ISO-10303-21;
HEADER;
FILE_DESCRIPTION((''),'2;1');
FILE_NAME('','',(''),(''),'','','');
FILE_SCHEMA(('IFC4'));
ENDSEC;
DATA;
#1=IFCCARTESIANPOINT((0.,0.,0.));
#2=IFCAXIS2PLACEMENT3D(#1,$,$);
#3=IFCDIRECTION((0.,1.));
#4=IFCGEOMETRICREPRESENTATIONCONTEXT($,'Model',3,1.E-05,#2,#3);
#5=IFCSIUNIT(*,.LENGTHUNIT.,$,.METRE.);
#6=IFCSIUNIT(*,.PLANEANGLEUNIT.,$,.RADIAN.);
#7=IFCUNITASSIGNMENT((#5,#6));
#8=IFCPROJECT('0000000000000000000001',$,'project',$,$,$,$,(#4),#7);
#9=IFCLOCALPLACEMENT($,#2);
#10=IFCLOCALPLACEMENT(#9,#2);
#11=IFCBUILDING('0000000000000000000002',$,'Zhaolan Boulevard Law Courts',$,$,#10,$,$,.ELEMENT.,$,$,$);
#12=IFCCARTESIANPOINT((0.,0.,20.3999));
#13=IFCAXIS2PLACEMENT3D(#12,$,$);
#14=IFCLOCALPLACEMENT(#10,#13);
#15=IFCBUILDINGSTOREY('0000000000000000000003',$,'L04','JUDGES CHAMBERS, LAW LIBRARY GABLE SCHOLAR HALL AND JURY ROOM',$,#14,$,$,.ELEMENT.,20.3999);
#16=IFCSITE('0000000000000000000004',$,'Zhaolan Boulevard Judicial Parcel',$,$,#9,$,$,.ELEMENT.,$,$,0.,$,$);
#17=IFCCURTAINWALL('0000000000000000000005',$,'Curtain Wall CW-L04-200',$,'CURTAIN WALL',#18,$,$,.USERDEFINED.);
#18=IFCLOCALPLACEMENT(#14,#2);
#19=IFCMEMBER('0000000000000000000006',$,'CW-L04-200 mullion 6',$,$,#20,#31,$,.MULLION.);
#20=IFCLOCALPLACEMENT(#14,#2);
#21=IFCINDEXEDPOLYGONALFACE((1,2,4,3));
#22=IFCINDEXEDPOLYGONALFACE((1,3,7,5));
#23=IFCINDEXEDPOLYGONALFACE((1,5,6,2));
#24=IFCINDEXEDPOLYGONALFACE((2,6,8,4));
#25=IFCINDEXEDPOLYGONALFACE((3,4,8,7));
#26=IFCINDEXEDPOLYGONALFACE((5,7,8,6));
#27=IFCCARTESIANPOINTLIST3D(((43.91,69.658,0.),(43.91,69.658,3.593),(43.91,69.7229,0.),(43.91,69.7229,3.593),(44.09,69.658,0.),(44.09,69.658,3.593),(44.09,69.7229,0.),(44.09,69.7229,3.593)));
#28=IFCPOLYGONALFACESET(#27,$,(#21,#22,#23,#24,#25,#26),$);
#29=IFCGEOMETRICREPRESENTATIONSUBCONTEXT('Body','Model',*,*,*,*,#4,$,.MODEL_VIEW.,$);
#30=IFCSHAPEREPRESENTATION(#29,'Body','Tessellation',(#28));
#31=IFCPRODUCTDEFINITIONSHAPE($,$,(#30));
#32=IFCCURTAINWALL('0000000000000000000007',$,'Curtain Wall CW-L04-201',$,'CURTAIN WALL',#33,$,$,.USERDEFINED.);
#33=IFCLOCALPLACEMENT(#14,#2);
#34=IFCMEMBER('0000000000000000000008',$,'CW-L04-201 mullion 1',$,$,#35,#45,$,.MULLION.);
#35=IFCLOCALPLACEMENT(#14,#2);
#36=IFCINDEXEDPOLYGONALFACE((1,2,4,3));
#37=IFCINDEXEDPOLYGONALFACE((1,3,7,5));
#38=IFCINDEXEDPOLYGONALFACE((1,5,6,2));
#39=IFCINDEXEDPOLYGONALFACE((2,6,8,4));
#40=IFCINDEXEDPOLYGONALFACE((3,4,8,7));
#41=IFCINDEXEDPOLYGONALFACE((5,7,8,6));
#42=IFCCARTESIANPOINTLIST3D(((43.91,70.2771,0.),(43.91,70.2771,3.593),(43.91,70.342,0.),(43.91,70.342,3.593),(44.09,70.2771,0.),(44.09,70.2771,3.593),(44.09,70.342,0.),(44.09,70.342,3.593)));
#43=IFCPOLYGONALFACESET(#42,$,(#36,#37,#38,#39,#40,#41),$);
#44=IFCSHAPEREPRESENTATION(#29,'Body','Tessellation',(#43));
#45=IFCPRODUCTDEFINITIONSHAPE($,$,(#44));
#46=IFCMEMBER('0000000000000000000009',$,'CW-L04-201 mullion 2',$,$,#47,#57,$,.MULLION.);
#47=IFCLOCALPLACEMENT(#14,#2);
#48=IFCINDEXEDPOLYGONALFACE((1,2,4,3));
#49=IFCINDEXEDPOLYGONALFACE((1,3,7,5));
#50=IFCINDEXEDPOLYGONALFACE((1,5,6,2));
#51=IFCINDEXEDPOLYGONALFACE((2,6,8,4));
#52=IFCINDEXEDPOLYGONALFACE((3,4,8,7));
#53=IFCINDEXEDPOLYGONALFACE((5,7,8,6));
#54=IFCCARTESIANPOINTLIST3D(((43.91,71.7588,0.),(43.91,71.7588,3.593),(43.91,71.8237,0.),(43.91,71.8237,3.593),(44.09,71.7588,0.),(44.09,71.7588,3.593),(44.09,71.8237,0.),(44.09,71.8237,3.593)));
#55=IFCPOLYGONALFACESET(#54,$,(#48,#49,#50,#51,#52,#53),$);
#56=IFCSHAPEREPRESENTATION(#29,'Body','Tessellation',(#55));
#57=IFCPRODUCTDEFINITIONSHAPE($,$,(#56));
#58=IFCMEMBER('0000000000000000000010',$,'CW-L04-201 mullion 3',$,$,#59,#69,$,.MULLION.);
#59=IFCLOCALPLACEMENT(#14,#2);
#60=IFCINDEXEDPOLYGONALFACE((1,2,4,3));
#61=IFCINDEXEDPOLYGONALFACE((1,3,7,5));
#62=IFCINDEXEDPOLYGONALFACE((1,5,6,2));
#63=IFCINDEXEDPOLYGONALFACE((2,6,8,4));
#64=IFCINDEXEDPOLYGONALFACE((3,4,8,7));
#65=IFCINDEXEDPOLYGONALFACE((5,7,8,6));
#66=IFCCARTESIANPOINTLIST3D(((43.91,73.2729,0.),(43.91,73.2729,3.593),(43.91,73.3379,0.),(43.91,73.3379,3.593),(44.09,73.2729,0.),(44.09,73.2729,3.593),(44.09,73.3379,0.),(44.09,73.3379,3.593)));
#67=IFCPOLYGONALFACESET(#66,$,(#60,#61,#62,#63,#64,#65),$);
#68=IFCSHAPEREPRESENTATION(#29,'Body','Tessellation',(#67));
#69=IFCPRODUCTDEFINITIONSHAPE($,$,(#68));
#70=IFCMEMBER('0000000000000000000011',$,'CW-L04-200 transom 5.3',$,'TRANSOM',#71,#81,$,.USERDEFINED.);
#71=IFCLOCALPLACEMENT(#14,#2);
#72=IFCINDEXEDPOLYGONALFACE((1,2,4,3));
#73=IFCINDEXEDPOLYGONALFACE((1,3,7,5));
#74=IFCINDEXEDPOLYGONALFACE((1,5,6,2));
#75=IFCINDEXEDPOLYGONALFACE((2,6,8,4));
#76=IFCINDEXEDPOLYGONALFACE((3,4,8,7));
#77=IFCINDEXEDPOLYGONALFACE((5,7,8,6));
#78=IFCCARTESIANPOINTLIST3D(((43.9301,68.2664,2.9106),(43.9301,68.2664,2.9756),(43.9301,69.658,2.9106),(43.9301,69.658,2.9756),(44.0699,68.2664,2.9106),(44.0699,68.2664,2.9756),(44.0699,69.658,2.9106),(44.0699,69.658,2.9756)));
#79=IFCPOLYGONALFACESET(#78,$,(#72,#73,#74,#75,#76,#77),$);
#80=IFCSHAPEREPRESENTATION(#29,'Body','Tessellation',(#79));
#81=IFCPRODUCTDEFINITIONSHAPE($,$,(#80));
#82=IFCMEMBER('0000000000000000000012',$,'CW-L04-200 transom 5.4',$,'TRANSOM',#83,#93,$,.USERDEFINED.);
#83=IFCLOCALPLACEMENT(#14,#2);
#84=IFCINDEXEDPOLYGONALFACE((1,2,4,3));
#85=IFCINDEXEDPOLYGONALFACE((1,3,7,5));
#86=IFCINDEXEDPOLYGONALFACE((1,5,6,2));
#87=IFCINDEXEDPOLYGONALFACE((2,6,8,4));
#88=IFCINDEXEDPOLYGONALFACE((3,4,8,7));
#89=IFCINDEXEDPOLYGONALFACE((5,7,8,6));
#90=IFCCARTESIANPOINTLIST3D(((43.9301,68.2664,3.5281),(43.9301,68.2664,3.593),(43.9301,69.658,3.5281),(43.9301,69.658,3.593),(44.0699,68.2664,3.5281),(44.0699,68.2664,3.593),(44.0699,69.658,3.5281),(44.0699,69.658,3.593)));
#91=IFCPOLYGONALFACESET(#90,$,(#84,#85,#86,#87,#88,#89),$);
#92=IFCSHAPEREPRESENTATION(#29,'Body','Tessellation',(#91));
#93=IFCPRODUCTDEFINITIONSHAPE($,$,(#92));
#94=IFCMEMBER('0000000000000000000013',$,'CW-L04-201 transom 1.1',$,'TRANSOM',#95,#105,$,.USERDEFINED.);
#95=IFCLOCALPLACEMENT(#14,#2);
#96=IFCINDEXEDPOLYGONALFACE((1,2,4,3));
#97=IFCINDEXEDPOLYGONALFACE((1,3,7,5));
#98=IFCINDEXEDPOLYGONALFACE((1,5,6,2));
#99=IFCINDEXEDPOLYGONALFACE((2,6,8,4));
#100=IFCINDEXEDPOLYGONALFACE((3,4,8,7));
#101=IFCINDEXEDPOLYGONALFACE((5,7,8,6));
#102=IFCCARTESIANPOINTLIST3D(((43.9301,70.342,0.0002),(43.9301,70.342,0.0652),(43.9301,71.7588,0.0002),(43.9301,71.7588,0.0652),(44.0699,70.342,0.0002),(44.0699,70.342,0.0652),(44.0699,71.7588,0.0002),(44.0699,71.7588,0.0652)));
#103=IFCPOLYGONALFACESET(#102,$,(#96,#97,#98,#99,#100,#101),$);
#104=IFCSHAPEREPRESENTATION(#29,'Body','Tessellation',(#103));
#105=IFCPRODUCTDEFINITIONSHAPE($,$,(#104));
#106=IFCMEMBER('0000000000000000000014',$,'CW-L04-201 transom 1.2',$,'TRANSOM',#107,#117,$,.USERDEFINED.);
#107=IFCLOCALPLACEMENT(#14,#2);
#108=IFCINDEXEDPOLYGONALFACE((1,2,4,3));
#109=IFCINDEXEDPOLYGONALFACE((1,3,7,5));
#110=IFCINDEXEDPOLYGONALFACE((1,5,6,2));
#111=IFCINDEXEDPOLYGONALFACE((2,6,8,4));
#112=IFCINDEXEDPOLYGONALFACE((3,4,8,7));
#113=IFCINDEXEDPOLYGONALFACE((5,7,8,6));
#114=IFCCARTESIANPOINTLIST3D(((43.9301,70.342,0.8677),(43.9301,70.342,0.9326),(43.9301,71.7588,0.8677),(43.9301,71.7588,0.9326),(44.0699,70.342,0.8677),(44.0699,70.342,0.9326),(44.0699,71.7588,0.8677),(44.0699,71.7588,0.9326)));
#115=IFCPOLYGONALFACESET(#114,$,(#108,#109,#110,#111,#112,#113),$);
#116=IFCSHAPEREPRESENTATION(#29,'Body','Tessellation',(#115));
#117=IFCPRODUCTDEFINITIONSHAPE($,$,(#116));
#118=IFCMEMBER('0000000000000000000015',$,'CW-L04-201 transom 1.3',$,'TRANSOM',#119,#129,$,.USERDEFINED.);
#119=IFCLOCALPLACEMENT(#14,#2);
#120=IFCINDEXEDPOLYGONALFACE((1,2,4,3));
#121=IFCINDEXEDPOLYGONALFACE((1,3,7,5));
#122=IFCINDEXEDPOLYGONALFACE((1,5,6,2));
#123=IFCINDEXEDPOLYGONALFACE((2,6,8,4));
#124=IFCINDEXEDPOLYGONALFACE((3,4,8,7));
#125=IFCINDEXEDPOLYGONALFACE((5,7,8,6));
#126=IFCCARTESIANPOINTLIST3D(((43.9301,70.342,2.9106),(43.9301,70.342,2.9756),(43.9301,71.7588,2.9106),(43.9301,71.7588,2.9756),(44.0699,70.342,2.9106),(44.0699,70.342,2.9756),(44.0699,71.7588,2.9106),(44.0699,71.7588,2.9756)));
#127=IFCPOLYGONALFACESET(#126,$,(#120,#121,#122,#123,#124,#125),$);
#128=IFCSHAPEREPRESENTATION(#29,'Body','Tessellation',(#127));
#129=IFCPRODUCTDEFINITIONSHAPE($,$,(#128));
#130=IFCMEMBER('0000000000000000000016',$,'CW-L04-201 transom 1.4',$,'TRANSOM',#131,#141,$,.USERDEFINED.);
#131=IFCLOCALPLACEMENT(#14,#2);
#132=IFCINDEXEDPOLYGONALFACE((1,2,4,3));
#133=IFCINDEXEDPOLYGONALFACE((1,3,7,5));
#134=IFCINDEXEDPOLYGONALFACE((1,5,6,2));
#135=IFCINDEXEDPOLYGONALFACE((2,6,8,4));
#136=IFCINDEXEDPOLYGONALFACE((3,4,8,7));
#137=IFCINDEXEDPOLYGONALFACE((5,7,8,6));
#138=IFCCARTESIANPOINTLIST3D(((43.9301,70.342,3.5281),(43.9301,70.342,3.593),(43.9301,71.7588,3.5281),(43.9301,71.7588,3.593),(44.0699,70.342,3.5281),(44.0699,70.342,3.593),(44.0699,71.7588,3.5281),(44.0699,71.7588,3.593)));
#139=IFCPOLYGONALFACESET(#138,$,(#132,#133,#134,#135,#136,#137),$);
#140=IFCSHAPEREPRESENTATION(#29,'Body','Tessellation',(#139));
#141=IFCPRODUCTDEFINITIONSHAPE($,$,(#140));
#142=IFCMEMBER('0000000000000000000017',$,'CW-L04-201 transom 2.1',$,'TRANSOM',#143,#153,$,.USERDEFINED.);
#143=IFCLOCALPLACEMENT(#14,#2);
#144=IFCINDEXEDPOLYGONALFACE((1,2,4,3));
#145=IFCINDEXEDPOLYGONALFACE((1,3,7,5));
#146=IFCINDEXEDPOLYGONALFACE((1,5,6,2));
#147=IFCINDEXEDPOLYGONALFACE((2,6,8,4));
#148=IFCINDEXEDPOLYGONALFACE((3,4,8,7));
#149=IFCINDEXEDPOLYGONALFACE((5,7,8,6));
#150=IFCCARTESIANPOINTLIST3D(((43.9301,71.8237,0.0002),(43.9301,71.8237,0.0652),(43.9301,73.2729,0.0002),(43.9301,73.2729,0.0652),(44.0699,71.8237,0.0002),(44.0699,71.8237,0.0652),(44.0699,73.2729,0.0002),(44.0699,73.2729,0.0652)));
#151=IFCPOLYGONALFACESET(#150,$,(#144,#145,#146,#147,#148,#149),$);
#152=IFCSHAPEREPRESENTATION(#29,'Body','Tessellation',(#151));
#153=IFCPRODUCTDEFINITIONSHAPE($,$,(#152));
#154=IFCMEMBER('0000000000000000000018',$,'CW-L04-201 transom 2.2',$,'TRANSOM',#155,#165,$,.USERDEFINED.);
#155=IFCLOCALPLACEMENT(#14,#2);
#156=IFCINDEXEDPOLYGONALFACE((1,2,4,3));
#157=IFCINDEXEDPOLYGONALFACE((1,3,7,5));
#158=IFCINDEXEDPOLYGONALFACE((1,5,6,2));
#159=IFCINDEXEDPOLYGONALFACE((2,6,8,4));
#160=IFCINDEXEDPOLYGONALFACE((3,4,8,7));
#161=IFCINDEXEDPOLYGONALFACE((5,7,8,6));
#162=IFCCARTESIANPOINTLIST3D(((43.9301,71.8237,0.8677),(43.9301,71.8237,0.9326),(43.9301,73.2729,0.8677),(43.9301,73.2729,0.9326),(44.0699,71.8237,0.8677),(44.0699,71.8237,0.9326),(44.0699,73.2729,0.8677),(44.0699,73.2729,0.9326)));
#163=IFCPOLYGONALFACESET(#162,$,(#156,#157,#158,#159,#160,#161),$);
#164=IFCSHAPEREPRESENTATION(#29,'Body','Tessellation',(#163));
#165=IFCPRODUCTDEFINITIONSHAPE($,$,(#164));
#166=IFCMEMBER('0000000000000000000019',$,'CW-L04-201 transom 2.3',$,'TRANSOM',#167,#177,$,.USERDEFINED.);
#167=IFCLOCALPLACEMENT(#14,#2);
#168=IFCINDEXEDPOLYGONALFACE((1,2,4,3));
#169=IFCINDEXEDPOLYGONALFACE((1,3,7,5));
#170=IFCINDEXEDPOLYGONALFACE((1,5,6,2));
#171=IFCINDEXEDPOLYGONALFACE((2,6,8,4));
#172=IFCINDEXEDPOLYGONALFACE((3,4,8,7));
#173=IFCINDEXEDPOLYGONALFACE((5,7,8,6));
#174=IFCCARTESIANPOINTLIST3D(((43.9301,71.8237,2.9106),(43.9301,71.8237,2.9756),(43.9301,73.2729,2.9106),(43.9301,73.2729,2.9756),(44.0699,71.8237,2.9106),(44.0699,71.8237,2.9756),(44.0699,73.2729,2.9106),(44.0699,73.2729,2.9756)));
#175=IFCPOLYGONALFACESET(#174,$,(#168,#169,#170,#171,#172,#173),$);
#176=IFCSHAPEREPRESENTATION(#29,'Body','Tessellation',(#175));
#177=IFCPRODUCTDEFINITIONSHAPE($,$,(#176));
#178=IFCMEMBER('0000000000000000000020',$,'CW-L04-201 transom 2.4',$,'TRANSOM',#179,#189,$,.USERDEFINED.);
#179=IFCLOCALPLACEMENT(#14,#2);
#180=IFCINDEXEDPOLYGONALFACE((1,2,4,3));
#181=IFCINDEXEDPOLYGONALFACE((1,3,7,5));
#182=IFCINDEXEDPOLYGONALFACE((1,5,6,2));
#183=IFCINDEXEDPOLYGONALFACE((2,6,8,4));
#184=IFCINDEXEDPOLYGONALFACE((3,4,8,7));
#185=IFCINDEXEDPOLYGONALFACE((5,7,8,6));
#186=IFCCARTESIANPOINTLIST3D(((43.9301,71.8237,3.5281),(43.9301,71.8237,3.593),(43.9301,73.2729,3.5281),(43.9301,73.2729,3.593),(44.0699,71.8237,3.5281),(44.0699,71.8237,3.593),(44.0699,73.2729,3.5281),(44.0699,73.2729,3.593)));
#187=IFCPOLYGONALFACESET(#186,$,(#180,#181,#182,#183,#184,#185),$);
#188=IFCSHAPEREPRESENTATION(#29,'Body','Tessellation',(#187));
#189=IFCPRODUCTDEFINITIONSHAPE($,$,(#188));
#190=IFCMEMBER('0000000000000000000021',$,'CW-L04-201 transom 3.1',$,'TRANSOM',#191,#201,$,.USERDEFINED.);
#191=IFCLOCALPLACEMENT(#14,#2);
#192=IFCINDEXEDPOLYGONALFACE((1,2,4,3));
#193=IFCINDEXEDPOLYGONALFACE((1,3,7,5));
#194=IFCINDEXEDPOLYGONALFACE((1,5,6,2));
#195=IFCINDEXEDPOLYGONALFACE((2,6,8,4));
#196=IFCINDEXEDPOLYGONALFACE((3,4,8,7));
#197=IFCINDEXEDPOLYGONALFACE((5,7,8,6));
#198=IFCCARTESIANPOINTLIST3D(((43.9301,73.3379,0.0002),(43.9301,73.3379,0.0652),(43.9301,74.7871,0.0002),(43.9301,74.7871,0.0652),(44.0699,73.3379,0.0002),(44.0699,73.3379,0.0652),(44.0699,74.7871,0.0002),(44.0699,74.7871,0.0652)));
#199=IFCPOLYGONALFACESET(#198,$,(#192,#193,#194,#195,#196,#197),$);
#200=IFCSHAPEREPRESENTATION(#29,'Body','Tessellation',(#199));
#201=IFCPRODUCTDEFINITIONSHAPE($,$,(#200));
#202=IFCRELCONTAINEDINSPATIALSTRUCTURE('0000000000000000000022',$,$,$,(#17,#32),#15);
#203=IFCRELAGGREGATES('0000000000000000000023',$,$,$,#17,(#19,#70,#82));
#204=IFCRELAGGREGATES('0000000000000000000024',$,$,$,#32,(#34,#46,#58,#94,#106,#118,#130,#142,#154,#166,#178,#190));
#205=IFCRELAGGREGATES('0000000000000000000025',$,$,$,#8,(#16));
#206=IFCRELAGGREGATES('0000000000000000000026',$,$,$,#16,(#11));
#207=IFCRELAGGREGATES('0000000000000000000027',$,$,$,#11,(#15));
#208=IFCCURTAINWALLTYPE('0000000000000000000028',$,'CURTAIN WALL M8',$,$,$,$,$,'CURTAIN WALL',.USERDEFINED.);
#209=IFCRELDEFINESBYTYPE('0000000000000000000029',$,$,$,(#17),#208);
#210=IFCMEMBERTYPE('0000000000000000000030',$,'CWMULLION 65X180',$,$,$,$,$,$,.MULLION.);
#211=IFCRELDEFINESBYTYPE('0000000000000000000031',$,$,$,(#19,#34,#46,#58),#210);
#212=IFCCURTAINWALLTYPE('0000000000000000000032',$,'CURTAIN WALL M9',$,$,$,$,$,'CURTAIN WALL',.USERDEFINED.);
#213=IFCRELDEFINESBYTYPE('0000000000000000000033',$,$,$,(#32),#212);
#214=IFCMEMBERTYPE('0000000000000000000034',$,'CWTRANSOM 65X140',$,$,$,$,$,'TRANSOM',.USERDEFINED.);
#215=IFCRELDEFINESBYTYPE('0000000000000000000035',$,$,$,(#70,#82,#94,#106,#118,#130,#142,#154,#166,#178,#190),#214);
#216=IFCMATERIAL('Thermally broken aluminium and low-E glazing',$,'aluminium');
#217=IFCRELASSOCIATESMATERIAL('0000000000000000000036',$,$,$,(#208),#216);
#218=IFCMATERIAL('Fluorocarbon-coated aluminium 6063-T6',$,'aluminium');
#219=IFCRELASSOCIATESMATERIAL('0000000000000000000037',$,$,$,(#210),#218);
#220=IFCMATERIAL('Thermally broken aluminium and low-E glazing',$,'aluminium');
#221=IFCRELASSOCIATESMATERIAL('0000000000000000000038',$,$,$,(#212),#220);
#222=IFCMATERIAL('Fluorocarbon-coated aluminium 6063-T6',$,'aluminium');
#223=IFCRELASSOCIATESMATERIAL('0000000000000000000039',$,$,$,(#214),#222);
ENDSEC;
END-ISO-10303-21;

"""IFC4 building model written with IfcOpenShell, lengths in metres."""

from ifc_helpers import new_model, si_unit, direction, frame, origin, origin_2d, place, context, subcontext, project, spatial, rectangle, extrude, material, material_profile, profile_set, type_object, element, aggregate, save


model = new_model("IFC4")

# Units and contexts
model_context = context("Model", 3, precision=1e-05, world=origin(), true_north=direction((0.0, 1.0)))
body_context = subcontext(model_context, "Body", "Model", "MODEL_VIEW")
ifc_project = project(units=[si_unit("LENGTHUNIT", "METRE"), si_unit("PLANEANGLEUNIT", "RADIAN")], contexts=[model_context])

# Site, building, storey
site_placement = place(None, origin())
site = spatial("IfcSite", under=ifc_project, at=site_placement, Name="Zhaolan Boulevard Judicial Parcel", CompositionType="ELEMENT", RefElevation=0.0)
building_placement = place(site_placement, origin())
building = spatial("IfcBuilding", under=site, at=building_placement, Name="Zhaolan Boulevard Law Courts", CompositionType="ELEMENT")
storey_placement = place(building_placement, frame((0.0, 0.0, 20.3999)))
storey = spatial("IfcBuildingStorey", under=building, at=storey_placement, Name="L04", Description="JUDGES CHAMBERS, LAW LIBRARY GABLE SCHOLAR HALL AND JURY ROOM", CompositionType="ELEMENT", Elevation=20.3999)

# Curtain wall, member
ifc_material_1 = material(Name="Thermally broken aluminium and low-E glazing", Category="aluminium")
curtain_wall_type_1 = type_object("IfcCurtainWallType", Name="CURTAIN WALL M8", ElementType="CURTAIN WALL", PredefinedType="USERDEFINED", material=ifc_material_1)
curtain_wall_1_placement = place(storey_placement, origin())
curtain_wall_1 = element("IfcCurtainWall", 1, at=curtain_wall_1_placement, inside=storey, type_object=curtain_wall_type_1, Name="Curtain Wall CW-L04-200", ObjectType="CURTAIN WALL", PredefinedType="USERDEFINED")
ifc_material_2 = material(Name="Fluorocarbon-coated aluminium 6063-T6", Category="aluminium")
ifc_material_profile_1 = material_profile(ifc_material_2, rectangle(XDim=0.1799, YDim=0.0649, at=origin_2d()), Name="AL65x180")
ifc_profile_set_1 = profile_set([ifc_material_profile_1], Name="Fluorocarbon-coated aluminium 6063-T6")
member_type_1 = type_object("IfcMemberType", Name="CWMULLION 65X180", PredefinedType="MULLION", material=ifc_profile_set_1)
member_1_placement = place(storey_placement, frame((44.0, 69.6904, 0.0), z_axis=(0.0, 0.0, 1.0), x_axis=(-1.0, 0.0, 0.0)))
member_1 = element("IfcMember", 2, at=member_1_placement, type_object=member_type_1, Name="CW-L04-200 mullion 6", PredefinedType="MULLION", context=body_context, shape_type="SweptSolid", body=[
    extrude(rectangle(XDim=0.1799, YDim=0.0649, at=origin_2d()), origin(), (0.0, 0.0, 1.0), 3.593),
])

# Curtain wall, members
ifc_material_3 = material(Name="Thermally broken aluminium and low-E glazing", Category="aluminium")
curtain_wall_type_2 = type_object("IfcCurtainWallType", Name="CURTAIN WALL M9", ElementType="CURTAIN WALL", PredefinedType="USERDEFINED", material=ifc_material_3)
curtain_wall_2_placement = place(storey_placement, origin())
curtain_wall_2 = element("IfcCurtainWall", 3, at=curtain_wall_2_placement, inside=storey, type_object=curtain_wall_type_2, Name="Curtain Wall CW-L04-201", ObjectType="CURTAIN WALL", PredefinedType="USERDEFINED")
member_2_placement = place(storey_placement, frame((44.0, 70.3096, 0.0), z_axis=(0.0, 0.0, 1.0), x_axis=(-1.0, 0.0, 0.0)))
member_2 = element("IfcMember", 4, at=member_2_placement, type_object=member_type_1, Name="CW-L04-201 mullion 1", PredefinedType="MULLION", context=body_context, shape_type="SweptSolid", body=[
    extrude(rectangle(XDim=0.1799, YDim=0.0649, at=origin_2d()), origin(), (0.0, 0.0, 1.0), 3.593),
])
member_3_placement = place(storey_placement, frame((44.0, 71.7913, 0.0), z_axis=(0.0, 0.0, 1.0), x_axis=(-1.0, 0.0, 0.0)))
member_3 = element("IfcMember", 5, at=member_3_placement, type_object=member_type_1, Name="CW-L04-201 mullion 2", PredefinedType="MULLION", context=body_context, shape_type="SweptSolid", body=[
    extrude(rectangle(XDim=0.1799, YDim=0.0649, at=origin_2d()), origin(), (0.0, 0.0, 1.0), 3.593),
])
member_4_placement = place(storey_placement, frame((44.0, 73.3054, 0.0), z_axis=(0.0, 0.0, 1.0), x_axis=(-1.0, 0.0, 0.0)))
member_4 = element("IfcMember", 6, at=member_4_placement, type_object=member_type_1, Name="CW-L04-201 mullion 3", PredefinedType="MULLION", context=body_context, shape_type="SweptSolid", body=[
    extrude(rectangle(XDim=0.1799, YDim=0.0649, at=origin_2d()), origin(), (0.0, 0.0, 1.0), 3.593),
])

# Members
ifc_material_4 = material(Name="Fluorocarbon-coated aluminium 6063-T6", Category="aluminium")
ifc_material_profile_2 = material_profile(ifc_material_4, rectangle(XDim=0.1399, YDim=0.0649, at=origin_2d()), Name="AL65x140")
ifc_profile_set_2 = profile_set([ifc_material_profile_2], Name="Fluorocarbon-coated aluminium 6063-T6")
member_type_2 = type_object("IfcMemberType", Name="CWTRANSOM 65X140", ElementType="TRANSOM", PredefinedType="USERDEFINED", material=ifc_profile_set_2)
member_5_placement = place(storey_placement, frame((44.0, 68.2664, 2.9431), z_axis=(0.0, 1.0, 0.0), x_axis=(-1.0, 0.0, 0.0)))
member_5 = element("IfcMember", 7, at=member_5_placement, type_object=member_type_2, Name="CW-L04-200 transom 5.3", ObjectType="TRANSOM", PredefinedType="USERDEFINED", context=body_context, shape_type="SweptSolid", body=[
    extrude(rectangle(XDim=0.1399, YDim=0.0649, at=origin_2d()), origin(), (0.0, 0.0, 1.0), 1.3916),
])
member_6_placement = place(storey_placement, frame((44.0, 68.2664, 3.5605), z_axis=(0.0, 1.0, 0.0), x_axis=(-1.0, 0.0, 0.0)))
member_6 = element("IfcMember", 8, at=member_6_placement, type_object=member_type_2, Name="CW-L04-200 transom 5.4", ObjectType="TRANSOM", PredefinedType="USERDEFINED", context=body_context, shape_type="SweptSolid", body=[
    extrude(rectangle(XDim=0.1399, YDim=0.0649, at=origin_2d()), origin(), (0.0, 0.0, 1.0), 1.3916),
])
member_7_placement = place(storey_placement, frame((44.0, 70.342, 0.0327), z_axis=(0.0, 1.0, 0.0), x_axis=(-1.0, 0.0, 0.0)))
member_7 = element("IfcMember", 9, at=member_7_placement, type_object=member_type_2, Name="CW-L04-201 transom 1.1", ObjectType="TRANSOM", PredefinedType="USERDEFINED", context=body_context, shape_type="SweptSolid", body=[
    extrude(rectangle(XDim=0.1399, YDim=0.0649, at=origin_2d()), origin(), (0.0, 0.0, 1.0), 1.4167),
])
member_8_placement = place(storey_placement, frame((44.0, 70.342, 0.9001), z_axis=(0.0, 1.0, 0.0), x_axis=(-1.0, 0.0, 0.0)))
member_8 = element("IfcMember", 10, at=member_8_placement, type_object=member_type_2, Name="CW-L04-201 transom 1.2", ObjectType="TRANSOM", PredefinedType="USERDEFINED", context=body_context, shape_type="SweptSolid", body=[
    extrude(rectangle(XDim=0.1399, YDim=0.0649, at=origin_2d()), origin(), (0.0, 0.0, 1.0), 1.4167),
])
member_9_placement = place(storey_placement, frame((44.0, 70.342, 2.9431), z_axis=(0.0, 1.0, 0.0), x_axis=(-1.0, 0.0, 0.0)))
member_9 = element("IfcMember", 11, at=member_9_placement, type_object=member_type_2, Name="CW-L04-201 transom 1.3", ObjectType="TRANSOM", PredefinedType="USERDEFINED", context=body_context, shape_type="SweptSolid", body=[
    extrude(rectangle(XDim=0.1399, YDim=0.0649, at=origin_2d()), origin(), (0.0, 0.0, 1.0), 1.4167),
])
member_10_placement = place(storey_placement, frame((44.0, 70.342, 3.5605), z_axis=(0.0, 1.0, 0.0), x_axis=(-1.0, 0.0, 0.0)))
member_10 = element("IfcMember", 12, at=member_10_placement, type_object=member_type_2, Name="CW-L04-201 transom 1.4", ObjectType="TRANSOM", PredefinedType="USERDEFINED", context=body_context, shape_type="SweptSolid", body=[
    extrude(rectangle(XDim=0.1399, YDim=0.0649, at=origin_2d()), origin(), (0.0, 0.0, 1.0), 1.4167),
])
member_11_placement = place(storey_placement, frame((44.0, 71.8237, 0.0327), z_axis=(0.0, 1.0, 0.0), x_axis=(-1.0, 0.0, 0.0)))
member_11 = element("IfcMember", 13, at=member_11_placement, type_object=member_type_2, Name="CW-L04-201 transom 2.1", ObjectType="TRANSOM", PredefinedType="USERDEFINED", context=body_context, shape_type="SweptSolid", body=[
    extrude(rectangle(XDim=0.1399, YDim=0.0649, at=origin_2d()), origin(), (0.0, 0.0, 1.0), 1.4492),
])
member_12_placement = place(storey_placement, frame((44.0, 71.8237, 0.9001), z_axis=(0.0, 1.0, 0.0), x_axis=(-1.0, 0.0, 0.0)))
member_12 = element("IfcMember", 14, at=member_12_placement, type_object=member_type_2, Name="CW-L04-201 transom 2.2", ObjectType="TRANSOM", PredefinedType="USERDEFINED", context=body_context, shape_type="SweptSolid", body=[
    extrude(rectangle(XDim=0.1399, YDim=0.0649, at=origin_2d()), origin(), (0.0, 0.0, 1.0), 1.4492),
])
member_13_placement = place(storey_placement, frame((44.0, 71.8237, 2.9431), z_axis=(0.0, 1.0, 0.0), x_axis=(-1.0, 0.0, 0.0)))
member_13 = element("IfcMember", 15, at=member_13_placement, type_object=member_type_2, Name="CW-L04-201 transom 2.3", ObjectType="TRANSOM", PredefinedType="USERDEFINED", context=body_context, shape_type="SweptSolid", body=[
    extrude(rectangle(XDim=0.1399, YDim=0.0649, at=origin_2d()), origin(), (0.0, 0.0, 1.0), 1.4492),
])
member_14_placement = place(storey_placement, frame((44.0, 71.8237, 3.5605), z_axis=(0.0, 1.0, 0.0), x_axis=(-1.0, 0.0, 0.0)))
member_14 = element("IfcMember", 16, at=member_14_placement, type_object=member_type_2, Name="CW-L04-201 transom 2.4", ObjectType="TRANSOM", PredefinedType="USERDEFINED", context=body_context, shape_type="SweptSolid", body=[
    extrude(rectangle(XDim=0.1399, YDim=0.0649, at=origin_2d()), origin(), (0.0, 0.0, 1.0), 1.4492),
])
member_15_placement = place(storey_placement, frame((44.0, 73.3379, 0.0327), z_axis=(0.0, 1.0, 0.0), x_axis=(-1.0, 0.0, 0.0)))
member_15 = element("IfcMember", 17, at=member_15_placement, type_object=member_type_2, Name="CW-L04-201 transom 3.1", ObjectType="TRANSOM", PredefinedType="USERDEFINED", context=body_context, shape_type="SweptSolid", body=[
    extrude(rectangle(XDim=0.1399, YDim=0.0649, at=origin_2d()), origin(), (0.0, 0.0, 1.0), 1.4492),
])

aggregate(curtain_wall_1, [member_1, member_5, member_6])
aggregate(curtain_wall_2, [member_2, member_3, member_4, member_7, member_8, member_9, member_10, member_11, member_12, member_13, member_14, member_15])

save(model, "model.ifc")
